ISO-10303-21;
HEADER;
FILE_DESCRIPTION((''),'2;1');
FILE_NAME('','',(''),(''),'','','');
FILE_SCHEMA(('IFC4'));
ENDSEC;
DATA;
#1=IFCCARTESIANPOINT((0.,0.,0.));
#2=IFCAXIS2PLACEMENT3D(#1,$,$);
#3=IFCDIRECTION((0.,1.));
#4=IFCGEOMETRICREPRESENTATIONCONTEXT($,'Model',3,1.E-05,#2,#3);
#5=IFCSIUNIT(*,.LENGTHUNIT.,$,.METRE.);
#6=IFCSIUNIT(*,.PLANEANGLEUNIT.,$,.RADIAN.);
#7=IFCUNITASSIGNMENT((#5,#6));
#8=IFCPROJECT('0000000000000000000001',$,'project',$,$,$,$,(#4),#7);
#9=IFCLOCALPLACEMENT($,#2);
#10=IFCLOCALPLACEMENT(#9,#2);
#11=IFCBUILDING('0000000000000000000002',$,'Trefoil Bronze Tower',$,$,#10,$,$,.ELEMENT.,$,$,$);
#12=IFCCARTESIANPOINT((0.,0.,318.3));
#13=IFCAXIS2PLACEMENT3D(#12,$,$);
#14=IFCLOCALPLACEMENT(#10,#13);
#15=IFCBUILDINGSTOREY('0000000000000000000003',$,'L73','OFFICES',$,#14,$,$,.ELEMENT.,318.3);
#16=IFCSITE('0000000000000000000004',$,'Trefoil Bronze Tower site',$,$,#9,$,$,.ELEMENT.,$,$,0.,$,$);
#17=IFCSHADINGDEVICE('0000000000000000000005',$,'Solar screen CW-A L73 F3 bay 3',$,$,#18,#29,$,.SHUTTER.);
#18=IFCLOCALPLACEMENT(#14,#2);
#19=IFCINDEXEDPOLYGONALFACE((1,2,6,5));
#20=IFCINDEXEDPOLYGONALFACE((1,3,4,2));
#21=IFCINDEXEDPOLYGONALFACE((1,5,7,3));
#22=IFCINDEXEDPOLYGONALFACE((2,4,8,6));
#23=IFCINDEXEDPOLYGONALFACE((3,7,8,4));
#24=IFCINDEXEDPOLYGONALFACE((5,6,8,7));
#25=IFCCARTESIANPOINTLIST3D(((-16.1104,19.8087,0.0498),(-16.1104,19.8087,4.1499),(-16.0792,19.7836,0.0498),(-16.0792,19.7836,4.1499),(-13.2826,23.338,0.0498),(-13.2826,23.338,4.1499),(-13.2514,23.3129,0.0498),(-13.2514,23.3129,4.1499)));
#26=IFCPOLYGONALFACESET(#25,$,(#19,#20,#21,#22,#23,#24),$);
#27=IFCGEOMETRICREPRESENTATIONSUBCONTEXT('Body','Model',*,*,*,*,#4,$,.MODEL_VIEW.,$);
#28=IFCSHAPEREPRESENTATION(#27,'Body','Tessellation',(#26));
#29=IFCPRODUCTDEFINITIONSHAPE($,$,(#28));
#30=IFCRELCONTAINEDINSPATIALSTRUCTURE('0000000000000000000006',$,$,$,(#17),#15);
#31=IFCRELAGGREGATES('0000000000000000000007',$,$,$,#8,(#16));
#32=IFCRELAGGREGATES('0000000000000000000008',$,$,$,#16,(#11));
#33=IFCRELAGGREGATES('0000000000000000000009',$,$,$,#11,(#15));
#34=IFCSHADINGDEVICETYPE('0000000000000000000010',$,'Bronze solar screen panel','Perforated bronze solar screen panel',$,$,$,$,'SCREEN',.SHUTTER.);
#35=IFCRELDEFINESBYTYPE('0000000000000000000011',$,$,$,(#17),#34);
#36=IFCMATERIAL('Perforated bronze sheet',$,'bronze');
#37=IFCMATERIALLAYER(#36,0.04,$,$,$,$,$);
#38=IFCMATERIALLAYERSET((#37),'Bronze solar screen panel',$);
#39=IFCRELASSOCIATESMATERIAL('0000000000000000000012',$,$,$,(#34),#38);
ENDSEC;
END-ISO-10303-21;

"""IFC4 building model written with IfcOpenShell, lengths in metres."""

from ifc_helpers import new_model, si_unit, direction, frame, origin, origin_2d, place, context, subcontext, project, spatial, rectangle, extrude, material, layer, layer_set, type_object, element, save


model = new_model("IFC4")

# Units and contexts
model_context = context("Model", 3, precision=1e-05, world=origin(), true_north=direction((0.0, 1.0)))
body_context = subcontext(model_context, "Body", "Model", "MODEL_VIEW")
ifc_project = project(units=[si_unit("LENGTHUNIT", "METRE"), si_unit("PLANEANGLEUNIT", "RADIAN")], contexts=[model_context])

# Site, building, storey
site_placement = place(None, origin())
site = spatial("IfcSite", under=ifc_project, at=site_placement, Name="Trefoil Bronze Tower site", CompositionType="ELEMENT", RefElevation=0.0)
building_placement = place(site_placement, origin())
building = spatial("IfcBuilding", under=site, at=building_placement, Name="Trefoil Bronze Tower", CompositionType="ELEMENT")
storey_placement = place(building_placement, frame((0.0, 0.0, 318.3)))
storey = spatial("IfcBuildingStorey", under=building, at=storey_placement, Name="L73", Description="OFFICES", CompositionType="ELEMENT", Elevation=318.3)

# Shading device
ifc_material_1 = material(Name="Perforated bronze sheet", Category="bronze")
ifc_layer_1 = layer(ifc_material_1, 0.04)
ifc_layer_set_1 = layer_set([ifc_layer_1], Name="Bronze solar screen panel")
shading_device_type = type_object("IfcShadingDeviceType", Name="Bronze solar screen panel", Description="Perforated bronze solar screen panel", ElementType="SCREEN", PredefinedType="SHUTTER", material=ifc_layer_set_1)
shading_device_1_placement = place(storey_placement, frame((-14.6809, 21.5608, 0.0498), z_axis=(0.0, 0.0, 1.0), x_axis=(-0.625287, -0.780395, 0.0)))
element("IfcShadingDevice", 1, at=shading_device_1_placement, inside=storey, type_object=shading_device_type, Name="Solar screen CW-A L73 F3 bay 3", PredefinedType="SHUTTER", context=body_context, shape_type="SweptSolid", body=[
    extrude(rectangle(XDim=4.5225, YDim=0.04, at=origin_2d()), origin(), (0.0, 0.0, 1.0), 4.1001),
])

save(model, "model.ifc")
